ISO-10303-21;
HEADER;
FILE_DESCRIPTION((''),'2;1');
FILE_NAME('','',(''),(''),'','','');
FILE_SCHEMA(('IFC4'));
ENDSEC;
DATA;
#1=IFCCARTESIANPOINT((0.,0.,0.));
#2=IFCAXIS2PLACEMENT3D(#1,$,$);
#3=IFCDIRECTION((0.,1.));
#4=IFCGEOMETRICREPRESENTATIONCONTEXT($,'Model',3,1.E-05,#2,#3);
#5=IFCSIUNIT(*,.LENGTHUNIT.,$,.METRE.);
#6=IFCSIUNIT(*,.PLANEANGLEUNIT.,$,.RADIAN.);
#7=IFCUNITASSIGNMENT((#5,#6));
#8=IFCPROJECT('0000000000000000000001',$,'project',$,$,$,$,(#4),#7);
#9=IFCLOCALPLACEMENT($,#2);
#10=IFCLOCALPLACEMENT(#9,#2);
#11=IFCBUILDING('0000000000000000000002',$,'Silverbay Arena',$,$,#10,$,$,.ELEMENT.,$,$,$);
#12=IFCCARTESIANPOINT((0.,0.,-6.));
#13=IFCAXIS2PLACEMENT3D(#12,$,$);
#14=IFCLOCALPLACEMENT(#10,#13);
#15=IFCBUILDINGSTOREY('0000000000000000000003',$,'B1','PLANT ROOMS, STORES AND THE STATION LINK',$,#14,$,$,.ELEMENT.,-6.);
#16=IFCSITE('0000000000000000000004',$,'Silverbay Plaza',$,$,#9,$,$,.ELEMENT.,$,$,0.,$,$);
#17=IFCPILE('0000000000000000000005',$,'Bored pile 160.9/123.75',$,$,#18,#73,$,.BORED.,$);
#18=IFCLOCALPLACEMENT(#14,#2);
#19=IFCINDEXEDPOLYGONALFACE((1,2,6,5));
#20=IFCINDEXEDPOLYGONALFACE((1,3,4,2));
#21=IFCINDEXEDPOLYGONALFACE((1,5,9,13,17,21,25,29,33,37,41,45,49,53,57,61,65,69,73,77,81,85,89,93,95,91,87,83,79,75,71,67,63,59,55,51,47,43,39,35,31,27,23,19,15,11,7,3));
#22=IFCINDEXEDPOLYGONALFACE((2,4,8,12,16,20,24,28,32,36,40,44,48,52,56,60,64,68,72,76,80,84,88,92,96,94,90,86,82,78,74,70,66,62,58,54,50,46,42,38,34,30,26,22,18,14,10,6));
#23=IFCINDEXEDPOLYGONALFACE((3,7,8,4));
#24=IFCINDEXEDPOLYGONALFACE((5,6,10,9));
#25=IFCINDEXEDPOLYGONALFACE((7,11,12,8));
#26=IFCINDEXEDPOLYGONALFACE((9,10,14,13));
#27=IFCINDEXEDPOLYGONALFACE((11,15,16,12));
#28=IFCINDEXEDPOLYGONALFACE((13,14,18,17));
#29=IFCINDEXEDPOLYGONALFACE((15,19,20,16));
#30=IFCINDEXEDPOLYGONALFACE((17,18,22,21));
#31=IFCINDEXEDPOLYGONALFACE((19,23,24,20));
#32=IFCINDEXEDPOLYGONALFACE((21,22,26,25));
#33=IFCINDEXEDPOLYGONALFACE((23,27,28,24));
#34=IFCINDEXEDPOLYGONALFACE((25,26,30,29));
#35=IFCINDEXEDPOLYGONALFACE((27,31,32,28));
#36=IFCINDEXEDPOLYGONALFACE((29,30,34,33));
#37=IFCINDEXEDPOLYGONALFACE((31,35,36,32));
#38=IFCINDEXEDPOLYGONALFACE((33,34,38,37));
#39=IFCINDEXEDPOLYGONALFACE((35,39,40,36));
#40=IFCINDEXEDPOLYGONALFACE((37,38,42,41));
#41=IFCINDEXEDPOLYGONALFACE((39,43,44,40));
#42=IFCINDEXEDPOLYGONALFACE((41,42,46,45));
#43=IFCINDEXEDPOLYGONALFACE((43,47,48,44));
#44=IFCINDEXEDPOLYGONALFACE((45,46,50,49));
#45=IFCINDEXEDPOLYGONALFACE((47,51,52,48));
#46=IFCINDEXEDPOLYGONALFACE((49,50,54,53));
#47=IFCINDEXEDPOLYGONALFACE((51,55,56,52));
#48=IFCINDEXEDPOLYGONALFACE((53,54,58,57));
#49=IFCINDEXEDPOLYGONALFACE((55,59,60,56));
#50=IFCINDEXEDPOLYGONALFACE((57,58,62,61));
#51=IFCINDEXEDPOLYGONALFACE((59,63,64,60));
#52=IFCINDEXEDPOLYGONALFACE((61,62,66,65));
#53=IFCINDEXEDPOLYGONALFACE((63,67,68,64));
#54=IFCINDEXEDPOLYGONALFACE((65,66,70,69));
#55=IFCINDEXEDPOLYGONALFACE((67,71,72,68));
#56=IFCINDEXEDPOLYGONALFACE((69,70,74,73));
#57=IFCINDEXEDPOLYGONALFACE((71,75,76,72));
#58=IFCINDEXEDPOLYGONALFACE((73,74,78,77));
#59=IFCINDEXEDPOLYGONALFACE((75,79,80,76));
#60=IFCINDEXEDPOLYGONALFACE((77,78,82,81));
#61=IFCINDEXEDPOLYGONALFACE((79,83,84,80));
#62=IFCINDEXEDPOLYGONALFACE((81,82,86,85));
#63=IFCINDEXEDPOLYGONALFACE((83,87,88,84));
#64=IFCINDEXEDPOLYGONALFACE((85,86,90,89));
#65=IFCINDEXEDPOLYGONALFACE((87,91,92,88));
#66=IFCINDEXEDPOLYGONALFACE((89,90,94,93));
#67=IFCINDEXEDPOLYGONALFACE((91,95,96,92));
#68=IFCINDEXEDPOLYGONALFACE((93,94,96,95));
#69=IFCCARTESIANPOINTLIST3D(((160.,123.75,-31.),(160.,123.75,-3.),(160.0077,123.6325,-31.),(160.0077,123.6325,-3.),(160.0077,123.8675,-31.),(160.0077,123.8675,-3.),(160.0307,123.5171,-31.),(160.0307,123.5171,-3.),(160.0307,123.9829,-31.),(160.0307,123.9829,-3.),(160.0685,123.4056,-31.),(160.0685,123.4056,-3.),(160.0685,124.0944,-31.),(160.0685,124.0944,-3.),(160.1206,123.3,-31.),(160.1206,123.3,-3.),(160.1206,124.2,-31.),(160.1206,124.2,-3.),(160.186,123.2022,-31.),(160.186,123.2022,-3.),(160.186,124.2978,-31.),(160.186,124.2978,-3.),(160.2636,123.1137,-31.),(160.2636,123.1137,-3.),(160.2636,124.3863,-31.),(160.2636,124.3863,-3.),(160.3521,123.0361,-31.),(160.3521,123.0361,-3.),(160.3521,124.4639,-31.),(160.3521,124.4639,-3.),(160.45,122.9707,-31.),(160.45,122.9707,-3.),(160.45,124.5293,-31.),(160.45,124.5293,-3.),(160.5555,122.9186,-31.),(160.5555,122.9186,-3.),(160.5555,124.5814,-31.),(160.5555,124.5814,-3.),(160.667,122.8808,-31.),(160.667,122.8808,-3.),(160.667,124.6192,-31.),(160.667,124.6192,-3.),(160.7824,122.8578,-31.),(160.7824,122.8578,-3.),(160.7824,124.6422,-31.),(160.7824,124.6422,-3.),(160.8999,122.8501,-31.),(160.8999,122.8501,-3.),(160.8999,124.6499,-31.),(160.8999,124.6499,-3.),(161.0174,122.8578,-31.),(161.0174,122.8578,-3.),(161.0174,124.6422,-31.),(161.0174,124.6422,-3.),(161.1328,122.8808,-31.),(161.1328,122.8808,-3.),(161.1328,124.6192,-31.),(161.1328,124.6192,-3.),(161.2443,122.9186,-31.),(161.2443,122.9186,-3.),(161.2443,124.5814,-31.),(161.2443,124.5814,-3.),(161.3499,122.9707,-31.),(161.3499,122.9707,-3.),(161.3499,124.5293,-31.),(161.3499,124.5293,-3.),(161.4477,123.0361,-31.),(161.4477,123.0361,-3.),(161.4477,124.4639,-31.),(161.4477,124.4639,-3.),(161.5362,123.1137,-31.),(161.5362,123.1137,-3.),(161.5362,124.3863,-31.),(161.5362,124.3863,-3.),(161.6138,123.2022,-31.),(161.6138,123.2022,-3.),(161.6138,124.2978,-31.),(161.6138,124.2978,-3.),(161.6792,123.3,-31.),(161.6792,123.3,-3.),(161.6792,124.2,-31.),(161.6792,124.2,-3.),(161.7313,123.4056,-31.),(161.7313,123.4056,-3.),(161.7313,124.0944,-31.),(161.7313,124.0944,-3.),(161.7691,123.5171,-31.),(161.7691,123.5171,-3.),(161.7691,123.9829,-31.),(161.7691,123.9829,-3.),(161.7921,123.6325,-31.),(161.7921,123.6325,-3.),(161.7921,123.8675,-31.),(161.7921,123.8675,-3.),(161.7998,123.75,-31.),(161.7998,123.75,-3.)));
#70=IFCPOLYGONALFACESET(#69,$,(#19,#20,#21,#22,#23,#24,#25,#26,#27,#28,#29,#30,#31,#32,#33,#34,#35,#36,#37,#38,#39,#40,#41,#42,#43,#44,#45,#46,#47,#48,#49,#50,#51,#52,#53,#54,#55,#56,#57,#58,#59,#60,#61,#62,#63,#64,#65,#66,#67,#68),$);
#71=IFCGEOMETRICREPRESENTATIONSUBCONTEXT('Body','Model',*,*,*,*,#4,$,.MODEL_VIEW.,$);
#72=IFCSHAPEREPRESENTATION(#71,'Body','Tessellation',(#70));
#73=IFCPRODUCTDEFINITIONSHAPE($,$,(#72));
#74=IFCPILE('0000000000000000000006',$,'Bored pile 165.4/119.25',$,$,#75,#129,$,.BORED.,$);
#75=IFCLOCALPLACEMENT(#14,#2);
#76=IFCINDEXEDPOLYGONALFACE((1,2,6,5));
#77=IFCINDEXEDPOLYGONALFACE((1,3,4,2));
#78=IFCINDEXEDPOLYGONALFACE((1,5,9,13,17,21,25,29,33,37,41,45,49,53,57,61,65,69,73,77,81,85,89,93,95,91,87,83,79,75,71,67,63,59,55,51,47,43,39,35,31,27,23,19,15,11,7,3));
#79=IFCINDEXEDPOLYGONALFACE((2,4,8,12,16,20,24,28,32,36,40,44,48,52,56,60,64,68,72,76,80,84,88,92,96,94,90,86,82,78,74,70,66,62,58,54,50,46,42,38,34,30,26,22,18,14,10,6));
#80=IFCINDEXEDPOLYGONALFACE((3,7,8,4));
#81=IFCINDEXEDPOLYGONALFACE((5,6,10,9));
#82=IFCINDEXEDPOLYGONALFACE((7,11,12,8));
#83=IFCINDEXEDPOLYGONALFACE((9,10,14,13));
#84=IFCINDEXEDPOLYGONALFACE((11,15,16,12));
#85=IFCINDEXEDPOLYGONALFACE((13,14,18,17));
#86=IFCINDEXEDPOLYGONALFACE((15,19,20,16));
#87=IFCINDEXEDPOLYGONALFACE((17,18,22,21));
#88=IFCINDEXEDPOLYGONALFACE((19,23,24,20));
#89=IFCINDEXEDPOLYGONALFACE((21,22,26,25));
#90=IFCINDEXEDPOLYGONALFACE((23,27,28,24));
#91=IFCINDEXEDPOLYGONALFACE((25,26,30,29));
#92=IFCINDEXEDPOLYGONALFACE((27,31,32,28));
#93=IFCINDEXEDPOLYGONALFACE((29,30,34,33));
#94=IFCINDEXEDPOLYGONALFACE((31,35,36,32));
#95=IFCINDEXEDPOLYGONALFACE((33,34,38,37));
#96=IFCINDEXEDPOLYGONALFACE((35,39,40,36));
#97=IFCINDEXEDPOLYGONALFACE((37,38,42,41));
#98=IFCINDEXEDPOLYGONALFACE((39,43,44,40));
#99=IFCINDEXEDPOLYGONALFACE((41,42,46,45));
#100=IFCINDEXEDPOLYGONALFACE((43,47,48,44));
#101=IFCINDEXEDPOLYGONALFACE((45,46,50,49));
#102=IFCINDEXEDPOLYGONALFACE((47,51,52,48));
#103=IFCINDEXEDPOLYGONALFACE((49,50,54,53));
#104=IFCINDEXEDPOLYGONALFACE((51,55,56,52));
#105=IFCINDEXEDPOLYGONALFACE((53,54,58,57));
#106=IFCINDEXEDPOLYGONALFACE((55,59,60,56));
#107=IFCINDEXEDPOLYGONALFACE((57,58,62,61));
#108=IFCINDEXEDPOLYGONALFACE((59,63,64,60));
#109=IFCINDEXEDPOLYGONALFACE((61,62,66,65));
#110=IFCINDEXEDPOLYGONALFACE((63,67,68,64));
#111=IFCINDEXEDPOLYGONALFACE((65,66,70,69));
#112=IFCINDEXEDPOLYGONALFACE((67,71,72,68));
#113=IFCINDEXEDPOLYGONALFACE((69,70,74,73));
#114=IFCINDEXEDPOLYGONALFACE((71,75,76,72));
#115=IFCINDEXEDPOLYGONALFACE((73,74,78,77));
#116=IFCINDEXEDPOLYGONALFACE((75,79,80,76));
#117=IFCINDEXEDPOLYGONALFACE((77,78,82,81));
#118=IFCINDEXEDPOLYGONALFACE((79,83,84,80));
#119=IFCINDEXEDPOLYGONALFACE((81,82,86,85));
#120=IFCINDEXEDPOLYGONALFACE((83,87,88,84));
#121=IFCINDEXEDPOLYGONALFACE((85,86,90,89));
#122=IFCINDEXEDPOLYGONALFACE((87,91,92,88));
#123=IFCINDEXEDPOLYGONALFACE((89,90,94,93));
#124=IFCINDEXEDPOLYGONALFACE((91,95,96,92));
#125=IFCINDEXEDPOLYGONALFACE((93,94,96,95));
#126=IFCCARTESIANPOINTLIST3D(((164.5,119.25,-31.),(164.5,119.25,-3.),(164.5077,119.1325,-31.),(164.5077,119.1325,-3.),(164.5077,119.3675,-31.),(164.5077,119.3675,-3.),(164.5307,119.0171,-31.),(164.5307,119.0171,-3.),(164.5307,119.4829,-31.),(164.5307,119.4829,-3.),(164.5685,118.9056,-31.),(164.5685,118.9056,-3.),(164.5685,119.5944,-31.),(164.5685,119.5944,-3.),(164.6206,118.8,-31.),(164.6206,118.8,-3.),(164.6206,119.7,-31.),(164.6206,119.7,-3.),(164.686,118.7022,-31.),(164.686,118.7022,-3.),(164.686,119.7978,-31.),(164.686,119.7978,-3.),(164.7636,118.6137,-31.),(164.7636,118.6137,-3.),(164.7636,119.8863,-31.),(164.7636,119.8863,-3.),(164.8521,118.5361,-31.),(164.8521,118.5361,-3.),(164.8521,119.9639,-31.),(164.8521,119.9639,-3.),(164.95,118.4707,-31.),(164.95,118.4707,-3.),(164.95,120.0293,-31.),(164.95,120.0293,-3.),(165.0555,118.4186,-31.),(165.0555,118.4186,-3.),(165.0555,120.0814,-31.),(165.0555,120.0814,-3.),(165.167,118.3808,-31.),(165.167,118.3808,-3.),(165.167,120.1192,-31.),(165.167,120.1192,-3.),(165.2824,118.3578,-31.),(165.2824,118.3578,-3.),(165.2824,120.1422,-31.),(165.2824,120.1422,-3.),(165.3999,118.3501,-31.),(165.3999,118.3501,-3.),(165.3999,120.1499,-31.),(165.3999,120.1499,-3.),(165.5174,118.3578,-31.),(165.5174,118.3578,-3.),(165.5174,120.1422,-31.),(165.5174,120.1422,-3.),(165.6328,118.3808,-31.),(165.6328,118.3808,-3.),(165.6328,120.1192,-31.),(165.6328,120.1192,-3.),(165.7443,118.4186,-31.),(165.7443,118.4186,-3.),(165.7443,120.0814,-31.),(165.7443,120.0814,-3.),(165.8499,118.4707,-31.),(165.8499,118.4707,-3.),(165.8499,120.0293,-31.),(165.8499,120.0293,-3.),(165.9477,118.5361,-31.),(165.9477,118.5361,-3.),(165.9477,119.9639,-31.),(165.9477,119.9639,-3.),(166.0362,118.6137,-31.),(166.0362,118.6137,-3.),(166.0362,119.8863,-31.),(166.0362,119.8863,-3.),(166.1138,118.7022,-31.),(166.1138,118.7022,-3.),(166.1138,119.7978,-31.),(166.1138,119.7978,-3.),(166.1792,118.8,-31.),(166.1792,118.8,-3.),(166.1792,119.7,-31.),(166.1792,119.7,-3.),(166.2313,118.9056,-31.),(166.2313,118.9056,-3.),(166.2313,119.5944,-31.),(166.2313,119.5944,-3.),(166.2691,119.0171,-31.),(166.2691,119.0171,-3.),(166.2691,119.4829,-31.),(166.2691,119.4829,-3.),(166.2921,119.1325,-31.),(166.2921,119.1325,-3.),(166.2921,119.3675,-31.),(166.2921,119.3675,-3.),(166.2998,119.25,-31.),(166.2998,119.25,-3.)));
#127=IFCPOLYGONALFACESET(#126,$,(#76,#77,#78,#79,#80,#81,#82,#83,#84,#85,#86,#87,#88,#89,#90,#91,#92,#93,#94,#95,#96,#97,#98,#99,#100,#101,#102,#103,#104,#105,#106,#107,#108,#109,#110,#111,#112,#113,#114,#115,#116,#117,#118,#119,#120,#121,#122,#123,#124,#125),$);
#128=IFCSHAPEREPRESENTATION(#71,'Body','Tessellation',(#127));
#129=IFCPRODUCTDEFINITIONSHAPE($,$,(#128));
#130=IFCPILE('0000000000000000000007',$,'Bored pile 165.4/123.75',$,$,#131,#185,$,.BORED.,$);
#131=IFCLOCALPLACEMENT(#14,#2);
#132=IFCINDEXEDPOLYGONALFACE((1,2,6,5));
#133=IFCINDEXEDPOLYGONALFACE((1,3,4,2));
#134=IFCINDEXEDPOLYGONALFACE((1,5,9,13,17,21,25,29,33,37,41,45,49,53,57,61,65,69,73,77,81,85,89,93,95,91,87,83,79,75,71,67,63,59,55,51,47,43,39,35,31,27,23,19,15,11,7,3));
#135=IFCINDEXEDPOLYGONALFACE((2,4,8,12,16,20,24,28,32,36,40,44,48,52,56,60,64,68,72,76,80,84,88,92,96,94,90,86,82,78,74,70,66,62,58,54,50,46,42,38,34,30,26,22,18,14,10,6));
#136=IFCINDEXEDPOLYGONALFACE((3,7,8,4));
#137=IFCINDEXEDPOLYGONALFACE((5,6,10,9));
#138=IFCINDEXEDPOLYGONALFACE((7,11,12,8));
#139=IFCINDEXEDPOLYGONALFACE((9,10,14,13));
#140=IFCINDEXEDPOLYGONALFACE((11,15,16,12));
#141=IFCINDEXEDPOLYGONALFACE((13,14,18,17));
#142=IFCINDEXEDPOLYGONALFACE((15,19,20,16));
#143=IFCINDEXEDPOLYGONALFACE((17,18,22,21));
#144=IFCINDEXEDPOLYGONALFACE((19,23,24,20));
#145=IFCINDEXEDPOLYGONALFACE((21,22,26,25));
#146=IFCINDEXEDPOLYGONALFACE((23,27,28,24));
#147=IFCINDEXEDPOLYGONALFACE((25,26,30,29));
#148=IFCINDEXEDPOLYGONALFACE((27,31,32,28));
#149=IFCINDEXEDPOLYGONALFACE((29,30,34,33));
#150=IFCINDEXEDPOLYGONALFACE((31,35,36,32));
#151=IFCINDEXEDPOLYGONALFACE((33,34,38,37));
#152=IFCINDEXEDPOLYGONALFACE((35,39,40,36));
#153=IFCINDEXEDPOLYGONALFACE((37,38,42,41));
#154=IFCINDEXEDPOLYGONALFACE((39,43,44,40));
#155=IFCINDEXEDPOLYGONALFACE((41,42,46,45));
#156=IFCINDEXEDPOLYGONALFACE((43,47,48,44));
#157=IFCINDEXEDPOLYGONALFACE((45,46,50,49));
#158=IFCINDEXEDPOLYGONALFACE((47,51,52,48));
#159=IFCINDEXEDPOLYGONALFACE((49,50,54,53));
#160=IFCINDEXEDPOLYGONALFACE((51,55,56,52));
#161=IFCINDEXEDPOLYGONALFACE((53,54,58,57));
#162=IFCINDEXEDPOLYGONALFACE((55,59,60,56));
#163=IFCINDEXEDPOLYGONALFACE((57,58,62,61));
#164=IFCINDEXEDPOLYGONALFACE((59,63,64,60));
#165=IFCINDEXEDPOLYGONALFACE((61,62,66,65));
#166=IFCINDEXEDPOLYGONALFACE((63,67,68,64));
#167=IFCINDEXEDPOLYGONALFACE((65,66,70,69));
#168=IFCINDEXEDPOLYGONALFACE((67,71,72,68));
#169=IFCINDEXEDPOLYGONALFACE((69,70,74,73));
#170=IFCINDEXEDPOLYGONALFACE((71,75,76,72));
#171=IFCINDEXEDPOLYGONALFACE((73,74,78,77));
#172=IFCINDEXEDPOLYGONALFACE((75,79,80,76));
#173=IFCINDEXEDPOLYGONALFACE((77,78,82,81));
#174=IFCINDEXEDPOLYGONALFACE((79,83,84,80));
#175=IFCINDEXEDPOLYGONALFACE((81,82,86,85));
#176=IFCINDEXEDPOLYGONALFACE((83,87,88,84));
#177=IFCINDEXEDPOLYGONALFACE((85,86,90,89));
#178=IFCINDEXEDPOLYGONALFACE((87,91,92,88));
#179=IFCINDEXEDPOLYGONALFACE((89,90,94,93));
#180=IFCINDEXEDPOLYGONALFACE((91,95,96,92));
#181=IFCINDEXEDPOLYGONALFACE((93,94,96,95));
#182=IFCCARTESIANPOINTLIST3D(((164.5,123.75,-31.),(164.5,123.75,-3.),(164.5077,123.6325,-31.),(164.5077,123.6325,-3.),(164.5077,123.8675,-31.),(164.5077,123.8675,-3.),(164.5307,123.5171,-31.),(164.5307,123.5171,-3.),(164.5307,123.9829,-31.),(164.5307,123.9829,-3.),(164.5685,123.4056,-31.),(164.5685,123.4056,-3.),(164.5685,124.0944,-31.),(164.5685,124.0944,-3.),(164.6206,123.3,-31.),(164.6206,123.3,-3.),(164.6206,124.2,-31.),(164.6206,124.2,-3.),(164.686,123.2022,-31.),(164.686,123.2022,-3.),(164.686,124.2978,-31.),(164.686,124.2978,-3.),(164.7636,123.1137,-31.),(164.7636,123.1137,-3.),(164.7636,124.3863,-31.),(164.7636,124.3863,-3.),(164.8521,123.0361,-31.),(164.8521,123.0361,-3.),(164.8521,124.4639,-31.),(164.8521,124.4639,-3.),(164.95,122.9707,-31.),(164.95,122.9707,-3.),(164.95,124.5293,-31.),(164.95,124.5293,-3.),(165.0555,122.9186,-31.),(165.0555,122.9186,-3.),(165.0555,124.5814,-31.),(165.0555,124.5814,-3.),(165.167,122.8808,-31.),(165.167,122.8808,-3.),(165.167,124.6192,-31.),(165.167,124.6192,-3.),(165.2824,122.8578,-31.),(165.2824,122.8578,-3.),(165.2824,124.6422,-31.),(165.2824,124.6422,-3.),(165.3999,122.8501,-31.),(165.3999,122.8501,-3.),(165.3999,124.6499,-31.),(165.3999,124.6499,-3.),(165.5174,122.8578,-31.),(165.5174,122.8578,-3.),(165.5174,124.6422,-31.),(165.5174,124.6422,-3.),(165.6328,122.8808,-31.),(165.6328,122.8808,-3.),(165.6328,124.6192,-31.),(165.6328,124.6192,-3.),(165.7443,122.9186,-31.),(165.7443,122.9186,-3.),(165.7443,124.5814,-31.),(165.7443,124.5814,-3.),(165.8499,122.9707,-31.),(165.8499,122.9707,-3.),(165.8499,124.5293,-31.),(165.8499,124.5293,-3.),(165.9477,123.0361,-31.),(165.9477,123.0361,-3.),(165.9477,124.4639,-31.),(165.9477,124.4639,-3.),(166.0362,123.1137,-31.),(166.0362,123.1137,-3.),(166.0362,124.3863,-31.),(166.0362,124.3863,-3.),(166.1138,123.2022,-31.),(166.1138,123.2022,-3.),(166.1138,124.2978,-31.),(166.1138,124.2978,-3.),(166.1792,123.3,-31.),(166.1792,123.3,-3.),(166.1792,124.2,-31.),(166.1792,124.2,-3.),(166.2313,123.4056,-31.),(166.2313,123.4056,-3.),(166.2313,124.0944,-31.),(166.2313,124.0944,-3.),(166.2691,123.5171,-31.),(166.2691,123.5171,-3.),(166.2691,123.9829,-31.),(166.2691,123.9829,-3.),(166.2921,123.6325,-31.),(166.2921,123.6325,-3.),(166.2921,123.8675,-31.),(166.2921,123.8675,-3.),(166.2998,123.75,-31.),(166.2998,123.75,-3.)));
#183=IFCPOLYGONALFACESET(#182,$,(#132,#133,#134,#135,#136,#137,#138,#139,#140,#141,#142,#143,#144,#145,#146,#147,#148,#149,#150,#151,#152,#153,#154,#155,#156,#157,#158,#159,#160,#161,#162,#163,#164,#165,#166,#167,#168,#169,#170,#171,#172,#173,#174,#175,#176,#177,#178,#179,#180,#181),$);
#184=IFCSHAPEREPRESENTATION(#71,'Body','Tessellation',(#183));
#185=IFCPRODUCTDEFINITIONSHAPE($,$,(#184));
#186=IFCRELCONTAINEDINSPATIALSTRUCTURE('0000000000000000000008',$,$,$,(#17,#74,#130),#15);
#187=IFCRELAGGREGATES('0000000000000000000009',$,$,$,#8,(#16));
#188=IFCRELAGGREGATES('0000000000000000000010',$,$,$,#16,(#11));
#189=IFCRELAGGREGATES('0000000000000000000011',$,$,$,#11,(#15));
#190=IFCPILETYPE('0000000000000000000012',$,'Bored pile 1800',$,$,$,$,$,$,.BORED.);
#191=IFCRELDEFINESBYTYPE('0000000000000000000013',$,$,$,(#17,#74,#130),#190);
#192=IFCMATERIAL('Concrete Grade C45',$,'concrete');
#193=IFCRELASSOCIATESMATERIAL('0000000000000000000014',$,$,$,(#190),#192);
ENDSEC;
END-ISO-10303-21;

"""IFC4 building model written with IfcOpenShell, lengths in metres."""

from ifc_helpers import new_model, si_unit, direction, frame, origin, origin_2d, place, context, subcontext, project, spatial, circle, extrude, material, material_profile, profile_set, type_object, element, save


model = new_model("IFC4")

# Units and contexts
model_context = context("Model", 3, precision=1e-05, world=origin(), true_north=direction((0.0, 1.0)))
body_context = subcontext(model_context, "Body", "Model", "MODEL_VIEW")
ifc_project = project(units=[si_unit("LENGTHUNIT", "METRE"), si_unit("PLANEANGLEUNIT", "RADIAN")], contexts=[model_context])

# Site, building, storey
site_placement = place(None, origin())
site = spatial("IfcSite", under=ifc_project, at=site_placement, Name="Silverbay Plaza", CompositionType="ELEMENT", RefElevation=0.0)
building_placement = place(site_placement, origin())
building = spatial("IfcBuilding", under=site, at=building_placement, Name="Silverbay Arena", CompositionType="ELEMENT")
storey_placement = place(building_placement, frame((0.0, 0.0, -6.0)))
storey = spatial("IfcBuildingStorey", under=building, at=storey_placement, Name="B1", Description="PLANT ROOMS, STORES AND THE STATION LINK", CompositionType="ELEMENT", Elevation=-6.0)

# Piles
ifc_material_1 = material(Name="Concrete Grade C45", Category="concrete")
ifc_material_profile_1 = material_profile(ifc_material_1, circle(Radius=0.8999, at=origin_2d()), Name="Bored pile 1800")
ifc_profile_set_1 = profile_set([ifc_material_profile_1], Name="Concrete Grade C45")
pile_type_1 = type_object("IfcPileType", Name="Bored pile 1800", PredefinedType="BORED", material=ifc_profile_set_1)
for number, where, z_axis, x_axis, name in (
    (1, (160.8999, 123.75, -3.0), (0.0, 0.0, -1.0), (1.0, 0.0, 0.0), "Bored pile 160.9/123.75"),
    (2, (165.3999, 119.25, -3.0), (0.0, 0.0, -1.0), (1.0, 0.0, 0.0), "Bored pile 165.4/119.25"),
    (3, (165.3999, 123.75, -3.0), (0.0, 0.0, -1.0), (1.0, 0.0, 0.0), "Bored pile 165.4/123.75"),
):
    element("IfcPile", number, at=place(storey_placement, frame(where, z_axis=z_axis, x_axis=x_axis)), inside=storey, type_object=pile_type_1, Name=name, PredefinedType="BORED", context=body_context, shape_type="SweptSolid", body=[
        extrude(circle(Radius=0.8999, at=origin_2d()), origin(), (0.0, 0.0, 1.0), 28.0),
    ])

save(model, "model.ifc")
